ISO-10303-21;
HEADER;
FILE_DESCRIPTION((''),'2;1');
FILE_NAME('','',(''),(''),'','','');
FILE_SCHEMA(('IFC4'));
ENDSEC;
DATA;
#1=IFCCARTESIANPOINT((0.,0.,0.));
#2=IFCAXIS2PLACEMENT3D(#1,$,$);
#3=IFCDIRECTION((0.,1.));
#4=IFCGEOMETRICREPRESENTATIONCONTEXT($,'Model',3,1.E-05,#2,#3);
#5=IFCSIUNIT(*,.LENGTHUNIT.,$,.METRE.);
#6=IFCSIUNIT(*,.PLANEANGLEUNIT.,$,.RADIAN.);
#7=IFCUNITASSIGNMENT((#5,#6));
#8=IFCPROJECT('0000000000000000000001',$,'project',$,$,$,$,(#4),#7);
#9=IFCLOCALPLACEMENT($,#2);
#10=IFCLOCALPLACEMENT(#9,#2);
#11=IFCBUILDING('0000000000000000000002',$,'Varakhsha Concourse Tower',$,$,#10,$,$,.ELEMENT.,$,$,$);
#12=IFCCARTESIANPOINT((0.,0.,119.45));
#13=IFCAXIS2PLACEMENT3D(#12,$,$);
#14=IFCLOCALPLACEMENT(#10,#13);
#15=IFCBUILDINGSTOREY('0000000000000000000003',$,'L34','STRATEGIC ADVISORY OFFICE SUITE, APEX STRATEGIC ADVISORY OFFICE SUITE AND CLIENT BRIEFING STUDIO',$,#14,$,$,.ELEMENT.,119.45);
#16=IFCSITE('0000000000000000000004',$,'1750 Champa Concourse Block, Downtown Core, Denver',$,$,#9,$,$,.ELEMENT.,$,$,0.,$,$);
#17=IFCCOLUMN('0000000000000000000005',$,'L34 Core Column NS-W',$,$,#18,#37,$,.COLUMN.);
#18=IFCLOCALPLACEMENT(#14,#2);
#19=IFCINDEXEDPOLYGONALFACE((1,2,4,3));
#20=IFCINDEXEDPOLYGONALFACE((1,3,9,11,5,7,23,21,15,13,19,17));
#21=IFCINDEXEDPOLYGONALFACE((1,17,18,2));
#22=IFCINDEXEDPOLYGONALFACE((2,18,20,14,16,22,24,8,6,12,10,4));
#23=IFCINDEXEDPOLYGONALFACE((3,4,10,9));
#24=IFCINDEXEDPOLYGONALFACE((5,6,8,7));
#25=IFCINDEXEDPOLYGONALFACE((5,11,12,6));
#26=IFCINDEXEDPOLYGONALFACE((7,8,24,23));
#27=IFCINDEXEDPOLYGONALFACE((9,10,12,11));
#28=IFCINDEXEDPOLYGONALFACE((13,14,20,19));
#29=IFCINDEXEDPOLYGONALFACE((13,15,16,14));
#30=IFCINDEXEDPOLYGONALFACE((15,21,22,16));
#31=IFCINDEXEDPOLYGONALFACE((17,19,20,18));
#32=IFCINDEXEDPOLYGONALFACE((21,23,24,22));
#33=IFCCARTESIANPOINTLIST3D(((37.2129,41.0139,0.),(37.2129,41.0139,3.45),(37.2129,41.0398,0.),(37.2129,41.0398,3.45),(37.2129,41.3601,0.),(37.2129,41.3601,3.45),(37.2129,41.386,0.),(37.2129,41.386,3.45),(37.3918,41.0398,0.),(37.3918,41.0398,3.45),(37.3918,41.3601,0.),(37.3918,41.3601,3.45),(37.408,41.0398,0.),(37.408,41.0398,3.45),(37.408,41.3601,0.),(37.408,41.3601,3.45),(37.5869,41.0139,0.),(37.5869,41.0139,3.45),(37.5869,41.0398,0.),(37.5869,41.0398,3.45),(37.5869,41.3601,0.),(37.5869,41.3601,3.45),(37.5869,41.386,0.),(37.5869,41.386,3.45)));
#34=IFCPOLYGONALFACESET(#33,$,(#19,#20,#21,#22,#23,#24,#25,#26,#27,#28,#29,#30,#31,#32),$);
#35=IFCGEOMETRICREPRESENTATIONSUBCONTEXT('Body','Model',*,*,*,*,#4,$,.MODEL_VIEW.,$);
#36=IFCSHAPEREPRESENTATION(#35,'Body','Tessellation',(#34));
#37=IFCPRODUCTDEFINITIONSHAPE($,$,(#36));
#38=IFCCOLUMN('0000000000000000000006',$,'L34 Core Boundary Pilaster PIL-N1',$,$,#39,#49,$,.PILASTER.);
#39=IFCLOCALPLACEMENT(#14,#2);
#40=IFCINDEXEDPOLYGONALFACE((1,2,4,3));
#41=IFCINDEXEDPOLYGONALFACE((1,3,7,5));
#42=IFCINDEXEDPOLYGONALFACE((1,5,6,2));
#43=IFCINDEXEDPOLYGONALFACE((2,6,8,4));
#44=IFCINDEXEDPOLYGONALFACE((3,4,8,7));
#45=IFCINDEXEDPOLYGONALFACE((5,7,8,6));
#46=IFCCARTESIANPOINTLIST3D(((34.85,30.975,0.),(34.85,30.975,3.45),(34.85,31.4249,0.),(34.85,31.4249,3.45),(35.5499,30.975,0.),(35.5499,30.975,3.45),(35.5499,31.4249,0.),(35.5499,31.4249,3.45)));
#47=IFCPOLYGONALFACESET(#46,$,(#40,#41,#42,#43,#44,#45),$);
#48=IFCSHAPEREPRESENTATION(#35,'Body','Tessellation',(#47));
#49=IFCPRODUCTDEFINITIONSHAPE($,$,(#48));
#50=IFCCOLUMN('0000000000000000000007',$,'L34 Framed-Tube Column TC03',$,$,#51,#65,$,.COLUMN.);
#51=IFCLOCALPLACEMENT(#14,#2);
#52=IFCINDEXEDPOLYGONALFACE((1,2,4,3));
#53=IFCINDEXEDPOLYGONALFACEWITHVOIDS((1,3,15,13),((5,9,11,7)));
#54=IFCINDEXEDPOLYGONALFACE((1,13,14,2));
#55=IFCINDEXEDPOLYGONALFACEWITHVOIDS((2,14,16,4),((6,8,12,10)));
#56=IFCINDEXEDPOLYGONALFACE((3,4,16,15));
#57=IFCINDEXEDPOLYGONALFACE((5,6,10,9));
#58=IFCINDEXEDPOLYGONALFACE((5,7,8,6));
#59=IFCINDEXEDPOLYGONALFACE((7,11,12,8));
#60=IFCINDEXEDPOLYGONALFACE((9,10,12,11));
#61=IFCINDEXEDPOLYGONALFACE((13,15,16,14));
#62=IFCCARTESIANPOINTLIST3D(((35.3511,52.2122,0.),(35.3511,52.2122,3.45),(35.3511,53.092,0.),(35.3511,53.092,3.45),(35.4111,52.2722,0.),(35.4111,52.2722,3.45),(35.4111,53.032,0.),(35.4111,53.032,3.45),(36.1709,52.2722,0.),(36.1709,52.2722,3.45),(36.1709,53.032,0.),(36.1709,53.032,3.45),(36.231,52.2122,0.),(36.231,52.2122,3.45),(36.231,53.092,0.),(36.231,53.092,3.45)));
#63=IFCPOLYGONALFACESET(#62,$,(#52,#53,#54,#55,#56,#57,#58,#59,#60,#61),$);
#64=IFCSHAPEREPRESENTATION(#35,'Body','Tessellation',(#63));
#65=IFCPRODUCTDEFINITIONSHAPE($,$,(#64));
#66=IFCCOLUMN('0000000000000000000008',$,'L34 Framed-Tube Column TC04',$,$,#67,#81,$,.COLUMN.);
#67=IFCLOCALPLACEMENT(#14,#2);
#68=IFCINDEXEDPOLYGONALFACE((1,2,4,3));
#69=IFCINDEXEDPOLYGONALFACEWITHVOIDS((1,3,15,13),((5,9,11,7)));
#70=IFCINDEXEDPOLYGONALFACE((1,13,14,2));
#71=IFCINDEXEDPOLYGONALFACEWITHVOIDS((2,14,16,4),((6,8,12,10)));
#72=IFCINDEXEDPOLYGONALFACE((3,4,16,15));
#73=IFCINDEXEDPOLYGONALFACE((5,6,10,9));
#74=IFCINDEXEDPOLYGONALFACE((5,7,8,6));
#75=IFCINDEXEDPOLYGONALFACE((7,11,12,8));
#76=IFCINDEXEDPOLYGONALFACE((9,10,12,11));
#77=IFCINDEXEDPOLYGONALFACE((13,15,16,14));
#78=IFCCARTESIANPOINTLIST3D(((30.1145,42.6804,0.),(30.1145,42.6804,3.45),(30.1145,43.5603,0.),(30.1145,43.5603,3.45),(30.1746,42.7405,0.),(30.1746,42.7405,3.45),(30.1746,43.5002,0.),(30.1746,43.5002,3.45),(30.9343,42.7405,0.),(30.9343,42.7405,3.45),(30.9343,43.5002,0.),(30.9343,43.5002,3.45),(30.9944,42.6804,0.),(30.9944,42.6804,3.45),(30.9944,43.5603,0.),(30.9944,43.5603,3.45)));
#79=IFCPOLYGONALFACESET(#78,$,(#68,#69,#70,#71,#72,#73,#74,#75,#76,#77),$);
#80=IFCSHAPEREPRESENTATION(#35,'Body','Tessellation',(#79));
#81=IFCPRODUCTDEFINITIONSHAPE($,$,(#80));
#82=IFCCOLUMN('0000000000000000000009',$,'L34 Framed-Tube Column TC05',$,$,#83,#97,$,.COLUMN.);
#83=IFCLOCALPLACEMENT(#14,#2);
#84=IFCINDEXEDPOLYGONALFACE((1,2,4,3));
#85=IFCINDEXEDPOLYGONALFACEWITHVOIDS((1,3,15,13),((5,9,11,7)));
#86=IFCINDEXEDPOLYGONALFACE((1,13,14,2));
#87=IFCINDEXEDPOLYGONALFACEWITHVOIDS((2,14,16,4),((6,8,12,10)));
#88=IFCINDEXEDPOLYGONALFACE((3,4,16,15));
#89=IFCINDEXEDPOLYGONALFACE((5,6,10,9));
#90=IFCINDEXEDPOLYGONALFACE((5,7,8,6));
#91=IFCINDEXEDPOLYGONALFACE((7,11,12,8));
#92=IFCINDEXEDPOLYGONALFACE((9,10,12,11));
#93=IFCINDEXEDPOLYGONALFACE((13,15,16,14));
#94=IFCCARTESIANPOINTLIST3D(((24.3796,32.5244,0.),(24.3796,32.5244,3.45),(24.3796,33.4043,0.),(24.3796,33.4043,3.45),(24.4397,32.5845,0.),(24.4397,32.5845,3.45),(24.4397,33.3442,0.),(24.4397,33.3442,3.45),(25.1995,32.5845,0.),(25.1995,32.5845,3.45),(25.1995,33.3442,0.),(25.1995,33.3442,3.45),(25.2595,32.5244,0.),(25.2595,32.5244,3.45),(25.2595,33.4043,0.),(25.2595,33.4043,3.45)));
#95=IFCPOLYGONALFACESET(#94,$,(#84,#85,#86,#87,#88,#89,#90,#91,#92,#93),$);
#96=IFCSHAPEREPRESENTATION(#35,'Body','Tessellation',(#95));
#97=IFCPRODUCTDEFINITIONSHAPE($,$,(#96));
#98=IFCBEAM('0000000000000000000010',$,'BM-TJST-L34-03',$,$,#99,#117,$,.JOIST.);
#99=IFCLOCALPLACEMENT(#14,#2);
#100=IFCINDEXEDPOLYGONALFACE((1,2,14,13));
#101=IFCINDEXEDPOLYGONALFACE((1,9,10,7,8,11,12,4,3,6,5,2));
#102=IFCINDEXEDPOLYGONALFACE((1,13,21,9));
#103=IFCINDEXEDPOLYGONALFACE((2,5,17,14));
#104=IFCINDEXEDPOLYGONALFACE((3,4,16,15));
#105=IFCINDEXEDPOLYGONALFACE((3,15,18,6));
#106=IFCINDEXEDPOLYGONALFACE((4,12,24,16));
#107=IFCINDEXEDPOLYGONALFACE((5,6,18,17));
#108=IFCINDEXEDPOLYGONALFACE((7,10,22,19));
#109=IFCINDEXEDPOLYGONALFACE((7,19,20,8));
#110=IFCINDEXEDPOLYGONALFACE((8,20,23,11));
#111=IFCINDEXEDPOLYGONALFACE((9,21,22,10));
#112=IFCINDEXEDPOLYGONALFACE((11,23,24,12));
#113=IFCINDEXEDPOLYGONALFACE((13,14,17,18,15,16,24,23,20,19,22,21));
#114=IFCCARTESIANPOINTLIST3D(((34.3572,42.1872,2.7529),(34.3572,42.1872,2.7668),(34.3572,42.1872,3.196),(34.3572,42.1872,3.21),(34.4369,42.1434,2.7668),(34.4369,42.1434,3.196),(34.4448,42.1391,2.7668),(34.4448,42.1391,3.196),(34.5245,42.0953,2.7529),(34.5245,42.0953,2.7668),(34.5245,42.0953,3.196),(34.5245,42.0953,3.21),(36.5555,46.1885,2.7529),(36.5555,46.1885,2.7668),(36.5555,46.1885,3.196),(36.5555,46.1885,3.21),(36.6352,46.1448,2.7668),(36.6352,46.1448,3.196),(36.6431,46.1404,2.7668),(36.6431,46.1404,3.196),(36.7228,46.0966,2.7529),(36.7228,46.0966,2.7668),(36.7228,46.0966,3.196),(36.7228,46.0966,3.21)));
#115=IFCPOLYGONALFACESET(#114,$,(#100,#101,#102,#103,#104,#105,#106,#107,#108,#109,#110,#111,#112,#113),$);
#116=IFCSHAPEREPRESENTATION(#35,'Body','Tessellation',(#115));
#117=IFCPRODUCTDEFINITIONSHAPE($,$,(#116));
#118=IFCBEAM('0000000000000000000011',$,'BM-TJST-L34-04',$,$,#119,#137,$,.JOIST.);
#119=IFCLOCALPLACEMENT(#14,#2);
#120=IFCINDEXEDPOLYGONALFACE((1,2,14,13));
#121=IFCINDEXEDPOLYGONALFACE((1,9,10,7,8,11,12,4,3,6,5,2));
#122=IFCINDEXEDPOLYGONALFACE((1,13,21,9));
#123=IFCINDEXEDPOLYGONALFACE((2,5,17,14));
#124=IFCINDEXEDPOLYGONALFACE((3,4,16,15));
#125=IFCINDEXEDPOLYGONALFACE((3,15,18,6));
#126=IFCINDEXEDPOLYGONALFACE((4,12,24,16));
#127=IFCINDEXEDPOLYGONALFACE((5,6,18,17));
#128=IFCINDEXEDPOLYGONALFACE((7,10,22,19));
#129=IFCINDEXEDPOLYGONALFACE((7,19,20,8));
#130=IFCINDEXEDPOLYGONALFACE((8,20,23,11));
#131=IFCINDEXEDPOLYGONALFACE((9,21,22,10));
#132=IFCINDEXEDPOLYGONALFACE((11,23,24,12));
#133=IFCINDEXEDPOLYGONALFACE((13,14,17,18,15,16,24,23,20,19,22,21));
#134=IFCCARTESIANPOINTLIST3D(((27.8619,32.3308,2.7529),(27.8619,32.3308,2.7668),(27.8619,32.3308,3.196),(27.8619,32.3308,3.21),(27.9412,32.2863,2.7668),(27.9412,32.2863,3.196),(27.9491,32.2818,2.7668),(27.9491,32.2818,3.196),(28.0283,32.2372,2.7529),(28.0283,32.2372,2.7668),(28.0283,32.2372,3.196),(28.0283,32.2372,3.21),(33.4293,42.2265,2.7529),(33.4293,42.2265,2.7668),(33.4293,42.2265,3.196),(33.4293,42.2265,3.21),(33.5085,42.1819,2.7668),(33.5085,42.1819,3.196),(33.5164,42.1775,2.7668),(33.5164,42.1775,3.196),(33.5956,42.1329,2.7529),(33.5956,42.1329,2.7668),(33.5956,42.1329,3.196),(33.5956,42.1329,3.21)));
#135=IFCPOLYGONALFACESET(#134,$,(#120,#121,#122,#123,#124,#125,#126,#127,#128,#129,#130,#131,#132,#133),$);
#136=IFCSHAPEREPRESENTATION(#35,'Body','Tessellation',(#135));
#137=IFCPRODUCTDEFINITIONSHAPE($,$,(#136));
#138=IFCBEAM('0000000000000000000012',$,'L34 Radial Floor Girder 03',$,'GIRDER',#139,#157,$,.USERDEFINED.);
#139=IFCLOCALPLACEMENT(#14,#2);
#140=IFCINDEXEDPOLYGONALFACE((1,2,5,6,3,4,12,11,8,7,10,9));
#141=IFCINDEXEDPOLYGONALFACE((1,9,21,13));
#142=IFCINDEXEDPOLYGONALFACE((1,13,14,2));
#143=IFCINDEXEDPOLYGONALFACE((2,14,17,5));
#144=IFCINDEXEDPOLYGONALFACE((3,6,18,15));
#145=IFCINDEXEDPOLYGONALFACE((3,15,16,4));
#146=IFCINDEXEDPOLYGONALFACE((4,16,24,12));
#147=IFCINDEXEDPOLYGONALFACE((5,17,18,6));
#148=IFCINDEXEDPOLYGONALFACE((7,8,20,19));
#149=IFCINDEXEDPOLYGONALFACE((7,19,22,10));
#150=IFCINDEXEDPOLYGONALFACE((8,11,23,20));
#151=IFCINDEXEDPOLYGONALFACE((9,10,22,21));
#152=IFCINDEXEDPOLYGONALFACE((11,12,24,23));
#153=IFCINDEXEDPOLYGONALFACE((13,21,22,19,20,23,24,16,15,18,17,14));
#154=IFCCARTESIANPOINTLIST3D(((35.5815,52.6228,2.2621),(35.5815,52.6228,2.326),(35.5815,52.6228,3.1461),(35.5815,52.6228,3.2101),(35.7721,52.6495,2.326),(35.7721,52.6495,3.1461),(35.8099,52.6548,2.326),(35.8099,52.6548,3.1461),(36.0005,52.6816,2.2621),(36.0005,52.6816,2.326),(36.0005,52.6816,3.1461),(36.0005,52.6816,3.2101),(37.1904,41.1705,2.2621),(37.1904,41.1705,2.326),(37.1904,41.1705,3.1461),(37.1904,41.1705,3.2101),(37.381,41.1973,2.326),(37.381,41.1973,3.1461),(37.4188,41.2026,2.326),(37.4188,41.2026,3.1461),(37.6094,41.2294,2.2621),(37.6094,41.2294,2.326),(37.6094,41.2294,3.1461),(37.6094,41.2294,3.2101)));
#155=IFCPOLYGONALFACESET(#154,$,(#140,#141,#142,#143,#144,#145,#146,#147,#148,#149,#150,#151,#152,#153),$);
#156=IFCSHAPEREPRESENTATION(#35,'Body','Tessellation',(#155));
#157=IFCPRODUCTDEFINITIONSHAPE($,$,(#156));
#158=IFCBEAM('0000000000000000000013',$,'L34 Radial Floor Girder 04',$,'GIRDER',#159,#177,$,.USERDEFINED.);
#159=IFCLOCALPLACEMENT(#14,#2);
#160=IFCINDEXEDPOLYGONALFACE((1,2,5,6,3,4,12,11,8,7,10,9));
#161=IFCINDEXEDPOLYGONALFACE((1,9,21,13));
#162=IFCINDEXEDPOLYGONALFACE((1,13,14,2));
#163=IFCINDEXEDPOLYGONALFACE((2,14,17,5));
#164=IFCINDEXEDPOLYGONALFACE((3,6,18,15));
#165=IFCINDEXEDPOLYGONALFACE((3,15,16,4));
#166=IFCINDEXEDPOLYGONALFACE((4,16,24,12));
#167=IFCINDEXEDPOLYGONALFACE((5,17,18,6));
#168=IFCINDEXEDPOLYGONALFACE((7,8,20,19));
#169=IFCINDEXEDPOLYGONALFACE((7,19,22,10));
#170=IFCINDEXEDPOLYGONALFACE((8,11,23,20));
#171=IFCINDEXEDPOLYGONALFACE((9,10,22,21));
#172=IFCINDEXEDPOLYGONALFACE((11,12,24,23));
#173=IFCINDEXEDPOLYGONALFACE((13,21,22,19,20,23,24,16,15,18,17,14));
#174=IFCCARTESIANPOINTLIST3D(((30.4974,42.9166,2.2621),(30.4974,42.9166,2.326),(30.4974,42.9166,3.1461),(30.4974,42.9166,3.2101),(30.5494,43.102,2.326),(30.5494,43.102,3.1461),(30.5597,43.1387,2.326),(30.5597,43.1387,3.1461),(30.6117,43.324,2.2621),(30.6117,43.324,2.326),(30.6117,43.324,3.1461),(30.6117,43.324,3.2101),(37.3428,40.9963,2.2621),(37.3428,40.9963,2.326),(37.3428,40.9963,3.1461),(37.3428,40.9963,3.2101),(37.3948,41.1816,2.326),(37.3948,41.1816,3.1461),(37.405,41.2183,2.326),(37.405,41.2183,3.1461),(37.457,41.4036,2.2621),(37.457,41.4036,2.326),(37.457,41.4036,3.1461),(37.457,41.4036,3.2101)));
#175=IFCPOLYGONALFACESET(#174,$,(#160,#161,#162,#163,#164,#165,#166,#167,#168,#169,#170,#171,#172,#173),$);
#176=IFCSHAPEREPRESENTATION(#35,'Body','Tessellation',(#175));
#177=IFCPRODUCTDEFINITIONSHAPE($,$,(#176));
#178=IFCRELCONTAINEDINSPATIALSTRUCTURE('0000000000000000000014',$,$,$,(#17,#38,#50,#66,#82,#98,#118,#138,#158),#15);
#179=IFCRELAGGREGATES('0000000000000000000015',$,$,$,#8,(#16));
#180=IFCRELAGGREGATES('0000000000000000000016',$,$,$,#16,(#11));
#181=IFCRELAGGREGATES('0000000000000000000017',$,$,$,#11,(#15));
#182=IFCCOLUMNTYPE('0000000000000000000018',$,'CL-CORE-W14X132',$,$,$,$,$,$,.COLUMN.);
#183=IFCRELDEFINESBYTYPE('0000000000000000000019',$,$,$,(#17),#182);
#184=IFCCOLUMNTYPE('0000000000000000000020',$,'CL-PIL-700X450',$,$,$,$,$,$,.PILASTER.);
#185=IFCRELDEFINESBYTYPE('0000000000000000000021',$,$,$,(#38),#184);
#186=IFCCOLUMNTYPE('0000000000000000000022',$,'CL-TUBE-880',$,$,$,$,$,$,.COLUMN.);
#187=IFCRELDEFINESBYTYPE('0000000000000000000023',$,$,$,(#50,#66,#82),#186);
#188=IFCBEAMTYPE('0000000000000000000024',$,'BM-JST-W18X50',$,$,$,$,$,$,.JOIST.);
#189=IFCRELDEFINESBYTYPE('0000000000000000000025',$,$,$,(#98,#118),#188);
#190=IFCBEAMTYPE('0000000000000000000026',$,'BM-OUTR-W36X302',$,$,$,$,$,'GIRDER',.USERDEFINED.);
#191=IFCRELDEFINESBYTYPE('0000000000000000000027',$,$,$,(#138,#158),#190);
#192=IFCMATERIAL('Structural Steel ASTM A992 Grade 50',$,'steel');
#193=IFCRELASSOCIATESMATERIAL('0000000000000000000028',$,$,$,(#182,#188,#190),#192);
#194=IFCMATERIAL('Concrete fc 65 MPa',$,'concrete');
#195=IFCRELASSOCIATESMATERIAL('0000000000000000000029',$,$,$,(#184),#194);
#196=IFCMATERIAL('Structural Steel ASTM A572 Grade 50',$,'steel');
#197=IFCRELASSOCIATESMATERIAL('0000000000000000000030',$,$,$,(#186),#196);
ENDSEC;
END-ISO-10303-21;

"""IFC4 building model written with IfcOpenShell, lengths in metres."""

from ifc_helpers import new_model, si_unit, direction, frame, origin, origin_2d, place, context, subcontext, project, spatial, rectangle, hollow_rectangle, i_section, extrude, material, material_profile, profile_set, type_object, element, save


model = new_model("IFC4")

# Units and contexts
model_context = context("Model", 3, precision=1e-05, world=origin(), true_north=direction((0.0, 1.0)))
body_context = subcontext(model_context, "Body", "Model", "MODEL_VIEW")
ifc_project = project(units=[si_unit("LENGTHUNIT", "METRE"), si_unit("PLANEANGLEUNIT", "RADIAN")], contexts=[model_context])

# Site, building, storey
site_placement = place(None, origin())
site = spatial("IfcSite", under=ifc_project, at=site_placement, Name="1750 Champa Concourse Block, Downtown Core, Denver", CompositionType="ELEMENT", RefElevation=0.0)
building_placement = place(site_placement, origin())
building = spatial("IfcBuilding", under=site, at=building_placement, Name="Varakhsha Concourse Tower", CompositionType="ELEMENT")
storey_placement = place(building_placement, frame((0.0, 0.0, 119.45)))
storey = spatial("IfcBuildingStorey", under=building, at=storey_placement, Name="L34", Description="STRATEGIC ADVISORY OFFICE SUITE, APEX STRATEGIC ADVISORY OFFICE SUITE AND CLIENT BRIEFING STUDIO", CompositionType="ELEMENT", Elevation=119.45)

# Columns
ifc_material_1 = material(Name="Structural Steel ASTM A992 Grade 50", Category="steel")
ifc_material_profile_1 = material_profile(ifc_material_1, i_section(OverallWidth=0.374, OverallDepth=0.3721, WebThickness=0.0161, FlangeThickness=0.0259, at=origin_2d()), Name="W14X132")
ifc_profile_set_1 = profile_set([ifc_material_profile_1], Name="Structural Steel ASTM A992 Grade 50")
column_type_1 = type_object("IfcColumnType", Name="CL-CORE-W14X132", PredefinedType="COLUMN", material=ifc_profile_set_1)
column_1_placement = place(storey_placement, frame((37.3999, 41.2, 0.0), z_axis=(0.0, 0.0, 1.0), x_axis=(1.0, 0.0, 0.0)))
element("IfcColumn", 1, at=column_1_placement, inside=storey, type_object=column_type_1, Name="L34 Core Column NS-W", PredefinedType="COLUMN", context=body_context, shape_type="SweptSolid", body=[
    extrude(i_section(OverallWidth=0.374, OverallDepth=0.3721, WebThickness=0.0161, FlangeThickness=0.0259, at=origin_2d()), origin(), (0.0, 0.0, 1.0), 3.45),
])
ifc_material_2 = material(Name="Concrete fc 65 MPa", Category="concrete")
ifc_material_profile_2 = material_profile(ifc_material_2, rectangle(XDim=0.7, YDim=0.45, at=origin_2d()), Name="RC 700x450")
ifc_profile_set_2 = profile_set([ifc_material_profile_2], Name="Concrete fc 65 MPa")
column_type_2 = type_object("IfcColumnType", Name="CL-PIL-700X450", PredefinedType="PILASTER", material=ifc_profile_set_2)
column_2_placement = place(storey_placement, frame((35.2, 31.2, 0.0), z_axis=(0.0, 0.0, 1.0), x_axis=(1.0, 0.0, 0.0)))
element("IfcColumn", 2, at=column_2_placement, inside=storey, type_object=column_type_2, Name="L34 Core Boundary Pilaster PIL-N1", PredefinedType="PILASTER", context=body_context, shape_type="SweptSolid", body=[
    extrude(rectangle(XDim=0.7, YDim=0.45, at=origin_2d()), origin(), (0.0, 0.0, 1.0), 3.45),
])
ifc_material_3 = material(Name="Structural Steel ASTM A572 Grade 50", Category="steel")
ifc_material_profile_3 = material_profile(ifc_material_3, hollow_rectangle(XDim=0.8799, YDim=0.8799, WallThickness=0.0601, at=origin_2d()), Name="BOX 880x880x60")
ifc_profile_set_3 = profile_set([ifc_material_profile_3], Name="Structural Steel ASTM A572 Grade 50")
column_type_3 = type_object("IfcColumnType", Name="CL-TUBE-880", PredefinedType="COLUMN", material=ifc_profile_set_3)
for number, where, z_axis, x_axis, name in (
    (3, (35.791, 52.6521, 0.0), (0.0, 0.0, 1.0), (1.0, 0.0, 0.0), "L34 Framed-Tube Column TC03"),
    (4, (30.5544, 43.1204, 0.0), (0.0, 0.0, 1.0), (1.0, 0.0, 0.0), "L34 Framed-Tube Column TC04"),
    (5, (24.8196, 32.9644, 0.0), (0.0, 0.0, 1.0), (1.0, 0.0, 0.0), "L34 Framed-Tube Column TC05"),
):
    element("IfcColumn", number, at=place(storey_placement, frame(where, z_axis=z_axis, x_axis=x_axis)), inside=storey, type_object=column_type_3, Name=name, PredefinedType="COLUMN", context=body_context, shape_type="SweptSolid", body=[
        extrude(hollow_rectangle(XDim=0.8799, YDim=0.8799, WallThickness=0.0601, at=origin_2d()), origin(), (0.0, 0.0, 1.0), 3.45),
    ])

# Beams
ifc_material_profile_4 = material_profile(ifc_material_1, i_section(OverallWidth=0.1909, OverallDepth=0.457, WebThickness=0.009, FlangeThickness=0.0139, at=origin_2d()), Name="W18X50")
ifc_profile_set_4 = profile_set([ifc_material_profile_4], Name="Structural Steel ASTM A992 Grade 50")
beam_type_1 = type_object("IfcBeamType", Name="BM-JST-W18X50", PredefinedType="JOIST", material=ifc_profile_set_4)
beam_1_placement = place(storey_placement, frame((36.6392, 46.1426, 2.9814), z_axis=(-0.48151, -0.876441, 0.0), x_axis=(0.876441, -0.48151, 0.0)))
element("IfcBeam", 6, at=beam_1_placement, inside=storey, type_object=beam_type_1, Name="BM-TJST-L34-03", PredefinedType="JOIST", context=body_context, shape_type="SweptSolid", body=[
    extrude(i_section(OverallWidth=0.1909, OverallDepth=0.457, WebThickness=0.009, FlangeThickness=0.0139, at=origin_2d()), origin(), (0.0, 0.0, 1.0), 4.5654),
])
beam_2_placement = place(storey_placement, frame((33.5125, 42.1797, 2.9814), z_axis=(-0.49033, -0.871537, 0.0), x_axis=(0.871537, -0.49033, 0.0)))
element("IfcBeam", 7, at=beam_2_placement, inside=storey, type_object=beam_type_1, Name="BM-TJST-L34-04", PredefinedType="JOIST", context=body_context, shape_type="SweptSolid", body=[
    extrude(i_section(OverallWidth=0.1909, OverallDepth=0.457, WebThickness=0.009, FlangeThickness=0.0139, at=origin_2d()), origin(), (0.0, 0.0, 1.0), 11.3542),
])
ifc_material_profile_5 = material_profile(ifc_material_1, i_section(OverallWidth=0.4231, OverallDepth=0.948, WebThickness=0.0381, FlangeThickness=0.064, at=origin_2d()), Name="W36X302")
ifc_profile_set_5 = profile_set([ifc_material_profile_5], Name="Structural Steel ASTM A992 Grade 50")
beam_type_2 = type_object("IfcBeamType", Name="BM-OUTR-W36X302", ElementType="GIRDER", PredefinedType="USERDEFINED", material=ifc_profile_set_5)
beam_3_placement = place(storey_placement, frame((37.3999, 41.2, 2.7361), z_axis=(-0.139122, 0.990275, 0.0), x_axis=(-0.990275, -0.139122, 0.0)))
element("IfcBeam", 8, at=beam_3_placement, inside=storey, type_object=beam_type_2, Name="L34 Radial Floor Girder 03", ObjectType="GIRDER", PredefinedType="USERDEFINED", context=body_context, shape_type="SweptSolid", body=[
    extrude(i_section(OverallWidth=0.4231, OverallDepth=0.948, WebThickness=0.0381, FlangeThickness=0.064, at=origin_2d()), origin(), (0.0, 0.0, 1.0), 11.5647),
])
beam_4_placement = place(storey_placement, frame((37.3999, 41.2, 2.7361), z_axis=(-0.962829, 0.27011, 0.0), x_axis=(-0.27011, -0.962829, 0.0)))
element("IfcBeam", 9, at=beam_4_placement, inside=storey, type_object=beam_type_2, Name="L34 Radial Floor Girder 04", ObjectType="GIRDER", PredefinedType="USERDEFINED", context=body_context, shape_type="SweptSolid", body=[
    extrude(i_section(OverallWidth=0.4231, OverallDepth=0.948, WebThickness=0.0381, FlangeThickness=0.064, at=origin_2d()), origin(), (0.0, 0.0, 1.0), 7.1096),
])

save(model, "model.ifc")
